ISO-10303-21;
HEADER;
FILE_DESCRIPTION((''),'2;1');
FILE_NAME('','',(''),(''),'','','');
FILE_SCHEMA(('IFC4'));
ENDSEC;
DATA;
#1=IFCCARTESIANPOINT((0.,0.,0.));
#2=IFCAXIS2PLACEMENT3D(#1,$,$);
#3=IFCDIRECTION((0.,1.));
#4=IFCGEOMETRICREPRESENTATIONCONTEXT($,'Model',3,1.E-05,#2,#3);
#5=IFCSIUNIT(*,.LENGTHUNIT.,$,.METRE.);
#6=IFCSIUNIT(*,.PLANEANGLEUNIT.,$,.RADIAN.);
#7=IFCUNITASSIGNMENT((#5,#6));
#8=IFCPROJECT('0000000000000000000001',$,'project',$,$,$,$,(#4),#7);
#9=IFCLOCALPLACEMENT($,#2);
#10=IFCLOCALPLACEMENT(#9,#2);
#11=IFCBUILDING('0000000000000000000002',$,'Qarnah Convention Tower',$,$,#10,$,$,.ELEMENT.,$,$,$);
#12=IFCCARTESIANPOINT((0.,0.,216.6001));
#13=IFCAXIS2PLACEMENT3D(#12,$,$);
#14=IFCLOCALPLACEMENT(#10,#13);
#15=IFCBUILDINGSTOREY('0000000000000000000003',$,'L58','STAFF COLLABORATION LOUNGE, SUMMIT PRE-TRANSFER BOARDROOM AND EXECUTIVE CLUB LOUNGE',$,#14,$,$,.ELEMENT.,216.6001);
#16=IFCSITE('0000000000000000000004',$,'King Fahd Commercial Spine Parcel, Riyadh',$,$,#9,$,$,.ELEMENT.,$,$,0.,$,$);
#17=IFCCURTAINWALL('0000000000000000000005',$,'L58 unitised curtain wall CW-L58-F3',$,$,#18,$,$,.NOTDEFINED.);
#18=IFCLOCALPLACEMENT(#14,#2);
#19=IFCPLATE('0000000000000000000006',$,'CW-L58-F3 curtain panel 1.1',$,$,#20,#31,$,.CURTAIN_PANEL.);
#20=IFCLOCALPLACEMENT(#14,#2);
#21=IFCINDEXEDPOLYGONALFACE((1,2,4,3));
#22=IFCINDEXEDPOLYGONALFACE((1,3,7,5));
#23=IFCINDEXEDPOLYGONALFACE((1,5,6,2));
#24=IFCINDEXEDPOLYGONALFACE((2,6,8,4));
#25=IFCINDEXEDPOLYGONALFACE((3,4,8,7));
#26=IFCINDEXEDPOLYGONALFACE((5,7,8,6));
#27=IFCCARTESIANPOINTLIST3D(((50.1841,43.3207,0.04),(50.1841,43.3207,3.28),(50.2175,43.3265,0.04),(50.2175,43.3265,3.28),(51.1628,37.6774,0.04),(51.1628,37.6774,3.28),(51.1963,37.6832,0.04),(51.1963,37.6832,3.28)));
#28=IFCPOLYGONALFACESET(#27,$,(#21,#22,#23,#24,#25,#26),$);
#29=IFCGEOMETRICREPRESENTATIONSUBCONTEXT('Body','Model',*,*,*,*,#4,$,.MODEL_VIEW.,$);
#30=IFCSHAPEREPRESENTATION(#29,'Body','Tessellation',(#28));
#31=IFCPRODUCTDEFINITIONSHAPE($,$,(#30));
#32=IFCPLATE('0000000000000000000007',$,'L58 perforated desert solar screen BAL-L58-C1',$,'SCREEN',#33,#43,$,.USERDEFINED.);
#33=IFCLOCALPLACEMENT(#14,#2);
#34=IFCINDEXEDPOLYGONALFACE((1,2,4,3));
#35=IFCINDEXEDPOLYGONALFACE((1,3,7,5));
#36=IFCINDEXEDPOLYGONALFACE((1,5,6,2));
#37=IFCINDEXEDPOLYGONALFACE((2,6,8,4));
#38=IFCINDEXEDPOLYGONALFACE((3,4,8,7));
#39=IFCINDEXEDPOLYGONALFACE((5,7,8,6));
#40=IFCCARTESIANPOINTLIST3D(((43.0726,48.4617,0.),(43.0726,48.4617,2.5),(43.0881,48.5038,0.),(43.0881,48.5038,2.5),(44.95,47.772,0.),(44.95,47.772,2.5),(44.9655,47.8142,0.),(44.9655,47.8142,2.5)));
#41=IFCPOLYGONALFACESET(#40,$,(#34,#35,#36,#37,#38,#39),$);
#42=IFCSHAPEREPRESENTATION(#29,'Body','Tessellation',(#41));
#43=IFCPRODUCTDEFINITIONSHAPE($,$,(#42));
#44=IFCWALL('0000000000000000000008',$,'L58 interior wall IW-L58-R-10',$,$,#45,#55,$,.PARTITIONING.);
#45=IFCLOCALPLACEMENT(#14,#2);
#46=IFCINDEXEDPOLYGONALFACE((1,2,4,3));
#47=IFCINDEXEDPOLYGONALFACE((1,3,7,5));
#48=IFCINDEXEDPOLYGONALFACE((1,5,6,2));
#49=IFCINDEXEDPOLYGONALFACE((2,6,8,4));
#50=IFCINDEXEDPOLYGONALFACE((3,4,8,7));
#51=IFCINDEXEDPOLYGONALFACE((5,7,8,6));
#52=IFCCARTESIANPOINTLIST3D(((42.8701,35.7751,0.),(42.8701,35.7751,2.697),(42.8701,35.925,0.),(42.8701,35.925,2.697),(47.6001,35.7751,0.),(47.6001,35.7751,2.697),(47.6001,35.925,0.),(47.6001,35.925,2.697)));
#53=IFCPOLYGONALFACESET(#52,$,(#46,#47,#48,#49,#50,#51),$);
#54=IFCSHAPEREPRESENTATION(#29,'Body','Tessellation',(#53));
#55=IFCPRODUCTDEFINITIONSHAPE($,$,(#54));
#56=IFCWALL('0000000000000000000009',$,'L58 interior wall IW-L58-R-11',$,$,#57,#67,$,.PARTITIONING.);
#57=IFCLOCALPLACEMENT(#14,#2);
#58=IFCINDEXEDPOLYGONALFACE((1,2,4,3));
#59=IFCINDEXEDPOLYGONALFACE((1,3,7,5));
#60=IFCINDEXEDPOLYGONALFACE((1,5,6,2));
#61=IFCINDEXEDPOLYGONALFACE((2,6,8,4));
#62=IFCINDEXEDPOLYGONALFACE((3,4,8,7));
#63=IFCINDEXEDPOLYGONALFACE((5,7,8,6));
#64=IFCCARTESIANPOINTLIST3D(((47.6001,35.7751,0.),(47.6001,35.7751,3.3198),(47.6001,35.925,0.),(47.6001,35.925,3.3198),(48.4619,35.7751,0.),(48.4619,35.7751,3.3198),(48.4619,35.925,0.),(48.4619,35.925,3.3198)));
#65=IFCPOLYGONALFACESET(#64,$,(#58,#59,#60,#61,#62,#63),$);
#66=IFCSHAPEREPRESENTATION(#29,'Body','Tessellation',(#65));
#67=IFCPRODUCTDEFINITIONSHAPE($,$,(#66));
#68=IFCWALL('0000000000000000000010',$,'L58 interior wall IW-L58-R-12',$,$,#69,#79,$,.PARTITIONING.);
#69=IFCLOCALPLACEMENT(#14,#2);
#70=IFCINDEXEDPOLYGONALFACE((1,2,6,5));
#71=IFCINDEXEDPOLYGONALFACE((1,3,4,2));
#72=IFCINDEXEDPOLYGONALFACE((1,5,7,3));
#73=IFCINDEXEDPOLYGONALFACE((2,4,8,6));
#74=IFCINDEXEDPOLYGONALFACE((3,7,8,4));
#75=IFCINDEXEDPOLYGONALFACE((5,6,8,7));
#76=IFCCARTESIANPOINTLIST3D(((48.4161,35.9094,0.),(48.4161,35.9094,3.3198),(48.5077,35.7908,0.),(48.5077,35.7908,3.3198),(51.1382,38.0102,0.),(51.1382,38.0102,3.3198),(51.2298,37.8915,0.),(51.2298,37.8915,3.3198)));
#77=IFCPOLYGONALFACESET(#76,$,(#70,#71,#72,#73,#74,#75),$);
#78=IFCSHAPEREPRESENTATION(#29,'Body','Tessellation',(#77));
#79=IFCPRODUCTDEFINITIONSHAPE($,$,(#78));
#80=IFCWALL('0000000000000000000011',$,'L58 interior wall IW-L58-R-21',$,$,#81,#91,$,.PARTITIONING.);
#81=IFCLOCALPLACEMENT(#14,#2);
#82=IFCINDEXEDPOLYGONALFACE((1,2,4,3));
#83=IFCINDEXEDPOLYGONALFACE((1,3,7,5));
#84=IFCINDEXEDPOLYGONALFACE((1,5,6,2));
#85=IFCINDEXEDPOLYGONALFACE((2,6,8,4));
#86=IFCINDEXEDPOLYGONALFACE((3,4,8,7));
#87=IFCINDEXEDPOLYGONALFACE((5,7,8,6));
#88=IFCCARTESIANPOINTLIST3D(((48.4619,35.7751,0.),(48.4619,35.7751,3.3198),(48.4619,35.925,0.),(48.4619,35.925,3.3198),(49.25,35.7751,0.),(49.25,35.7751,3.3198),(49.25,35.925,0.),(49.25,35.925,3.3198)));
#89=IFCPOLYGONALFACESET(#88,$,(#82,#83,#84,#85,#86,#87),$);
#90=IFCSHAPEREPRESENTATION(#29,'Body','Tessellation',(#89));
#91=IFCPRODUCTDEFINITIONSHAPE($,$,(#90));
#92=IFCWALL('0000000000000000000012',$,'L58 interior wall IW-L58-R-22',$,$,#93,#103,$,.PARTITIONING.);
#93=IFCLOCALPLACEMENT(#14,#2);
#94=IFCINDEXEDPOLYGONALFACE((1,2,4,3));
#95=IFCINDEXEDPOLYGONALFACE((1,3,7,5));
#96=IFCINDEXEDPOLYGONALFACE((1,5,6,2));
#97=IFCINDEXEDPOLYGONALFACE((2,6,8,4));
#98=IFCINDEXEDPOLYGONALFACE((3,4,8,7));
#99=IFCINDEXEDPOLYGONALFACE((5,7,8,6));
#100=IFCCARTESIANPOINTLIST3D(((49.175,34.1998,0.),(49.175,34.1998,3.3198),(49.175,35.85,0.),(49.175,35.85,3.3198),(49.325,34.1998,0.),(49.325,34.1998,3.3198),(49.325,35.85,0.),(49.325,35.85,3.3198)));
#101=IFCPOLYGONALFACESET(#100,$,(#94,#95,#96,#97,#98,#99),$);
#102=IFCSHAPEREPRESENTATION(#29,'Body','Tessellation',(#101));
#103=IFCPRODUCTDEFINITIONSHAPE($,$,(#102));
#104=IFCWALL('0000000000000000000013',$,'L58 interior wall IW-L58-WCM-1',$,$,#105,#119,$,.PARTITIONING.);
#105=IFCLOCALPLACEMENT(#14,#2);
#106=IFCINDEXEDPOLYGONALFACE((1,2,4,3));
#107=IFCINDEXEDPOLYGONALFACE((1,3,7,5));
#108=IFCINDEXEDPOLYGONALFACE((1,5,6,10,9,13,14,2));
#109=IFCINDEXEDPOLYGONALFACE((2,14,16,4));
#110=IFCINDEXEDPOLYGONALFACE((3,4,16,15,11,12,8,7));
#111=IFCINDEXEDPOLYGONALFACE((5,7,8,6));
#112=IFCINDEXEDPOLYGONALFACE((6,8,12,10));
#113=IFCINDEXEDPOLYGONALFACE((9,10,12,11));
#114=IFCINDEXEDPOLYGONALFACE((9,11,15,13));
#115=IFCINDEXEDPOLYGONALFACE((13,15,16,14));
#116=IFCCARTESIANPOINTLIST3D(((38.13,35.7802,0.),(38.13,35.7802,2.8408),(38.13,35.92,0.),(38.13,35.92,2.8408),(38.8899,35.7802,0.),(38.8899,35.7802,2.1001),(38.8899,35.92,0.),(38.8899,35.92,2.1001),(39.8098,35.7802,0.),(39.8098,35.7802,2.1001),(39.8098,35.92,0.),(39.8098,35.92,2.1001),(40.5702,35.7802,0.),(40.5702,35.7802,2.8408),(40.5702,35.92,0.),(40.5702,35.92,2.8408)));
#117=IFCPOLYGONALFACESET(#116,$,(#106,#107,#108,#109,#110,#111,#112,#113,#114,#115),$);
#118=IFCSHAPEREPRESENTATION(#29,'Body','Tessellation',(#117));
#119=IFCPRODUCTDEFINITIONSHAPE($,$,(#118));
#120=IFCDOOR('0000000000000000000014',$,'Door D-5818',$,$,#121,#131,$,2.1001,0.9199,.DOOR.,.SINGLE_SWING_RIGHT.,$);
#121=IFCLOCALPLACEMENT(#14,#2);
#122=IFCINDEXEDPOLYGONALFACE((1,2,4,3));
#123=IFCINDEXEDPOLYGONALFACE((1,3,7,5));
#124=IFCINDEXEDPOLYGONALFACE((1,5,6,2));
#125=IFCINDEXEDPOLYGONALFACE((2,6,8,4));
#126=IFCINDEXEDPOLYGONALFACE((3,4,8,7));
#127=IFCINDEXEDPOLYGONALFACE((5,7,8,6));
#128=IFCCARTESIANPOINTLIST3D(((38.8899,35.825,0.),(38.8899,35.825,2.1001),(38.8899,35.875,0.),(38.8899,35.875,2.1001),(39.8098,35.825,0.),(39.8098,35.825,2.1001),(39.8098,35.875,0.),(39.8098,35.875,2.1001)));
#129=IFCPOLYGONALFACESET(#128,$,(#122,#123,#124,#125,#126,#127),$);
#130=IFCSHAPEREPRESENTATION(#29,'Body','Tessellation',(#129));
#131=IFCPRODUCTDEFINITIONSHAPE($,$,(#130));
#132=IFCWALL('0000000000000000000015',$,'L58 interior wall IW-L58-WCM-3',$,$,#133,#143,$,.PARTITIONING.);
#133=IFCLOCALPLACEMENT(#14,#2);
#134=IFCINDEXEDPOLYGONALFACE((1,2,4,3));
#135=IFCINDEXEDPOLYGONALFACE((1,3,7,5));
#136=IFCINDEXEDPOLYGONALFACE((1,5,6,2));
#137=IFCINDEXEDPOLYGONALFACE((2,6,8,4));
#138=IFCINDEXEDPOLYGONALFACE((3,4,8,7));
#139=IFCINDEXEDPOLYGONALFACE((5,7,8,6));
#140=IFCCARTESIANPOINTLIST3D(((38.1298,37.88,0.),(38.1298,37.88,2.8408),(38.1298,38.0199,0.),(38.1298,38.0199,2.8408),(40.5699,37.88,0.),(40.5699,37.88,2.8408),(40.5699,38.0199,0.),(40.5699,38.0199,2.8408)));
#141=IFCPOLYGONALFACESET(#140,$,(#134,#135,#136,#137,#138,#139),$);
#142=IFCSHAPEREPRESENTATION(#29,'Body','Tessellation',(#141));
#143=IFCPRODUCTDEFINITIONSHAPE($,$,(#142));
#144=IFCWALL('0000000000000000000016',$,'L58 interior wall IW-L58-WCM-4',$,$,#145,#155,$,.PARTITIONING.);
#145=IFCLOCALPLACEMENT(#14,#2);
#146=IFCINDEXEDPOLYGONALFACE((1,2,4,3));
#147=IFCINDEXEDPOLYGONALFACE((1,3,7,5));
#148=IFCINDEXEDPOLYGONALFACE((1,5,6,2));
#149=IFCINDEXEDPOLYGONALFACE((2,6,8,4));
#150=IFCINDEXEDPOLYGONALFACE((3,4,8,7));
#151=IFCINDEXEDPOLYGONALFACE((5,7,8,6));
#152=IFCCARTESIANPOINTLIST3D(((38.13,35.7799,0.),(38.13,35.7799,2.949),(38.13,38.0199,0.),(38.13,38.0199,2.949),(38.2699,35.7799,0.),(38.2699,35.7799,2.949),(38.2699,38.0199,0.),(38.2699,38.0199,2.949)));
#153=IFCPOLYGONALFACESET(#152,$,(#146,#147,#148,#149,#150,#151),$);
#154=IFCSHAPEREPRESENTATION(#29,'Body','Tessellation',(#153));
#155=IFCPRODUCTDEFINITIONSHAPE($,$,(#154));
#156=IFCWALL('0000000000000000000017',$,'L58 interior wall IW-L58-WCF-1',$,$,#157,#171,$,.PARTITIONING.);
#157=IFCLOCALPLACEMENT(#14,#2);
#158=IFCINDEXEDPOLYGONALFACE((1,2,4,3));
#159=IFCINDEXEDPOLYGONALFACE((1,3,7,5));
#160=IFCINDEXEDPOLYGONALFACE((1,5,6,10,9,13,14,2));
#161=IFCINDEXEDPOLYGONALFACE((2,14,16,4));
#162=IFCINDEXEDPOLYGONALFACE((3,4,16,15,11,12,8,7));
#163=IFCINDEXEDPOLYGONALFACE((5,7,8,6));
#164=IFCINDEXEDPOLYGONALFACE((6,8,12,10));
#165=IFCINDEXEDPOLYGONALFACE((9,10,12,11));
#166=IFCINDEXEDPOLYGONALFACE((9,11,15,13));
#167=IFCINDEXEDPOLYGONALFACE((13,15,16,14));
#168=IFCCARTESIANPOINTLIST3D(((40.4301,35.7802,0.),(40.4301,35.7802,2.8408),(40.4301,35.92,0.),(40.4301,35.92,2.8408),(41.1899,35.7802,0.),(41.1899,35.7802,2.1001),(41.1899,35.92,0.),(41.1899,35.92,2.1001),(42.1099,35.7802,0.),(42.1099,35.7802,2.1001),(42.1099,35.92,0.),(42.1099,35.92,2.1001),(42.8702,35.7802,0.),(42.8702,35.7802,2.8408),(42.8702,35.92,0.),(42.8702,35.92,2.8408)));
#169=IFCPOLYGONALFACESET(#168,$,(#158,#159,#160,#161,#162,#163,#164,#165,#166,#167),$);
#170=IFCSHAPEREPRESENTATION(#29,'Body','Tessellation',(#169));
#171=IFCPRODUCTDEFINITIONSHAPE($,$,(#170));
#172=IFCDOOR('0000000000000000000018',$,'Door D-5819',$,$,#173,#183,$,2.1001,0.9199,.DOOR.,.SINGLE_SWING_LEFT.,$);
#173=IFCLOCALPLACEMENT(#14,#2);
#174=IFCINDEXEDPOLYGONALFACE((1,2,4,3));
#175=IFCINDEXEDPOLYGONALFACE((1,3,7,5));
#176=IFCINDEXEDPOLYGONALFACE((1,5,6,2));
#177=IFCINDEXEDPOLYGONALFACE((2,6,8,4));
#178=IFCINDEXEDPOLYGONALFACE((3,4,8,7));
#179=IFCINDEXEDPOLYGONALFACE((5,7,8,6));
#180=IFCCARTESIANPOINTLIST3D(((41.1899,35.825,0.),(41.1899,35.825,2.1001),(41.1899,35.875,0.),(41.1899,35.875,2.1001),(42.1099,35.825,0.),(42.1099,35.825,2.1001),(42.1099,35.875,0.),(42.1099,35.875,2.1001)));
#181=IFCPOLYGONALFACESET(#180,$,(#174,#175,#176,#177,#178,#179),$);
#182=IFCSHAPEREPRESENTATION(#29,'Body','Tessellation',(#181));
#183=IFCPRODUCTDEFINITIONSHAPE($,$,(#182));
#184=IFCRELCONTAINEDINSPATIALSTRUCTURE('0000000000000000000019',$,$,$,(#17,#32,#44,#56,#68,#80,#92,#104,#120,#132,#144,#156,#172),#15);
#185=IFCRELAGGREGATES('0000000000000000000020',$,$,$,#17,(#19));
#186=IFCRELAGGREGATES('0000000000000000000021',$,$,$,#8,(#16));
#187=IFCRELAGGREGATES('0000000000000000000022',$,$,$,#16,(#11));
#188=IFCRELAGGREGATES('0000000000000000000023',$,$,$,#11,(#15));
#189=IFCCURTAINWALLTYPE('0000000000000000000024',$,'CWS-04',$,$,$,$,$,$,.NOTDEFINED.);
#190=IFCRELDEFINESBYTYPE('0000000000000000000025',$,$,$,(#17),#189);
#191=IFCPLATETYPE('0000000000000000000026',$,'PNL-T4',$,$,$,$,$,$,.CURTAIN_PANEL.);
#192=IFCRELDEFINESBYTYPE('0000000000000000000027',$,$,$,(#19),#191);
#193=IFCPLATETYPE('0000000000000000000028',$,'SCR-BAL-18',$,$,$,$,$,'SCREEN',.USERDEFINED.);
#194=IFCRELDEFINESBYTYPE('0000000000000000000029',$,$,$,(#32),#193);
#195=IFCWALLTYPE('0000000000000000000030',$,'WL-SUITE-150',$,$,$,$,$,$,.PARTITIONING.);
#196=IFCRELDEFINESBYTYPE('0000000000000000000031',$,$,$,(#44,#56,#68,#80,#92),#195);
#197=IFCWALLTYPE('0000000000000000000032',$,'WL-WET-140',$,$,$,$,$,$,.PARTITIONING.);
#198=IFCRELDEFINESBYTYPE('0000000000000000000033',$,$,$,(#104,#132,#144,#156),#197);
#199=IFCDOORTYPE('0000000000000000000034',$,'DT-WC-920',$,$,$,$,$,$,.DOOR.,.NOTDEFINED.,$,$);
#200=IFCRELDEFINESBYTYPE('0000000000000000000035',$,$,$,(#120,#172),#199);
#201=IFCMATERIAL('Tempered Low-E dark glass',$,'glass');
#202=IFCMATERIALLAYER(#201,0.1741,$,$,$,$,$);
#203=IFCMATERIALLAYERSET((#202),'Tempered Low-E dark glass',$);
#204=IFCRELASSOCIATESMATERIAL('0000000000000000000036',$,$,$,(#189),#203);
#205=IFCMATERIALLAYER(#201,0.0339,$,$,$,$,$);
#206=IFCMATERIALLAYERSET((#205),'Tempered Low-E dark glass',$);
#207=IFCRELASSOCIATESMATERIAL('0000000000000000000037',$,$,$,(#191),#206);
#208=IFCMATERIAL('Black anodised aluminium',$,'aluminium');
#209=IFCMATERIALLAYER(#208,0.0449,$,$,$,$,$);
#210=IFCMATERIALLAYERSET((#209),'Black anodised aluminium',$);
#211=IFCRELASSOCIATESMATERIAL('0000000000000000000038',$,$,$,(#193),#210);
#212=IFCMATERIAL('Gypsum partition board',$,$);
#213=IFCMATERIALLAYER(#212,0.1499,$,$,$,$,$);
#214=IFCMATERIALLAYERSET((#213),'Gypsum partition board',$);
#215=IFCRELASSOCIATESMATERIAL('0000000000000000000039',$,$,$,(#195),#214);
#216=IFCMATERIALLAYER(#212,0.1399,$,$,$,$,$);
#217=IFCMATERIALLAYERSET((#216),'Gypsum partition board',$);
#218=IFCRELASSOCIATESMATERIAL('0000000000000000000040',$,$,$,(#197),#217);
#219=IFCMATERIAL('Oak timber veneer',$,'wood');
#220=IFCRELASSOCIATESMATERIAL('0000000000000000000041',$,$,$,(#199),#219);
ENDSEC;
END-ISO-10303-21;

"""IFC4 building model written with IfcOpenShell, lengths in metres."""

from ifc_helpers import new_model, si_unit, direction, frame, frame_2d, origin, origin_2d, place, context, subcontext, project, spatial, rectangle, extrude, material, layer, layer_set, type_object, element, fill, aggregate, save


model = new_model("IFC4")

# Units and contexts
model_context = context("Model", 3, precision=1e-05, world=origin(), true_north=direction((0.0, 1.0)))
body_context = subcontext(model_context, "Body", "Model", "MODEL_VIEW")
ifc_project = project(units=[si_unit("LENGTHUNIT", "METRE"), si_unit("PLANEANGLEUNIT", "RADIAN")], contexts=[model_context])

# Site, building, storey
site_placement = place(None, origin())
site = spatial("IfcSite", under=ifc_project, at=site_placement, Name="King Fahd Commercial Spine Parcel, Riyadh", CompositionType="ELEMENT", RefElevation=0.0)
building_placement = place(site_placement, origin())
building = spatial("IfcBuilding", under=site, at=building_placement, Name="Qarnah Convention Tower", CompositionType="ELEMENT")
storey_placement = place(building_placement, frame((0.0, 0.0, 216.6001)))
storey = spatial("IfcBuildingStorey", under=building, at=storey_placement, Name="L58", Description="STAFF COLLABORATION LOUNGE, SUMMIT PRE-TRANSFER BOARDROOM AND EXECUTIVE CLUB LOUNGE", CompositionType="ELEMENT", Elevation=216.6001)

# Shared definitions
ifc_material_1 = material(Name="Tempered Low-E dark glass", Category="glass")
ifc_layer_1 = layer(ifc_material_1, 0.1741)
ifc_layer_set_1 = layer_set([ifc_layer_1], Name="Tempered Low-E dark glass")
curtain_wall_type = type_object("IfcCurtainWallType", Name="CWS-04", PredefinedType="NOTDEFINED", material=ifc_layer_set_1)
ifc_material_2 = material(Name="Black anodised aluminium", Category="aluminium")

# Curtain wall, plate
curtain_wall_1_placement = place(storey_placement, origin())
curtain_wall_1 = element("IfcCurtainWall", 1, at=curtain_wall_1_placement, inside=storey, type_object=curtain_wall_type, Name="L58 unitised curtain wall CW-L58-F3", PredefinedType="NOTDEFINED")
ifc_layer_2 = layer(ifc_material_1, 0.0339)
ifc_layer_set_2 = layer_set([ifc_layer_2], Name="Tempered Low-E dark glass")
plate_type_1 = type_object("IfcPlateType", Name="PNL-T4", PredefinedType="CURTAIN_PANEL", material=ifc_layer_set_2)
plate_1_placement = place(storey_placement, frame((50.6902, 40.502, 0.04), z_axis=(0.0, 0.0, 1.0), x_axis=(0.170885, -0.985291, 0.0)))
plate_1 = element("IfcPlate", 2, at=plate_1_placement, type_object=plate_type_1, Name="CW-L58-F3 curtain panel 1.1", PredefinedType="CURTAIN_PANEL", context=body_context, shape_type="SweptSolid", body=[
    extrude(rectangle(XDim=5.7275, YDim=0.0339, at=origin_2d()), origin(), (0.0, 0.0, 1.0), 3.24),
])
aggregate(curtain_wall_1, [plate_1])

# Plate
ifc_layer_3 = layer(ifc_material_2, 0.0449)
ifc_layer_set_3 = layer_set([ifc_layer_3], Name="Black anodised aluminium")
plate_type_2 = type_object("IfcPlateType", Name="SCR-BAL-18", ElementType="SCREEN", PredefinedType="USERDEFINED", material=ifc_layer_set_3)
plate_2_placement = place(storey_placement, frame((44.019, 48.1379, 0.0), z_axis=(0.0, 0.0, 1.0), x_axis=(0.938671, -0.344813, 0.0)))
element("IfcPlate", 3, at=plate_2_placement, inside=storey, type_object=plate_type_2, Name="L58 perforated desert solar screen BAL-L58-C1", ObjectType="SCREEN", PredefinedType="USERDEFINED", context=body_context, shape_type="SweptSolid", body=[
    extrude(rectangle(XDim=2.0, YDim=0.0449, at=origin_2d()), origin(), (0.0, 0.0, 1.0), 2.5),
])

# Walls
ifc_material_3 = material(Name="Gypsum partition board")
ifc_layer_4 = layer(ifc_material_3, 0.1499)
ifc_layer_set_4 = layer_set([ifc_layer_4], Name="Gypsum partition board")
wall_type_1 = type_object("IfcWallType", Name="WL-SUITE-150", PredefinedType="PARTITIONING", material=ifc_layer_set_4)
wall_1_placement = place(storey_placement, frame((42.8701, 35.8501, 0.0), z_axis=(0.0, 0.0, 1.0), x_axis=(1.0, 0.0, 0.0)))
element("IfcWall", 4, at=wall_1_placement, inside=storey, type_object=wall_type_1, Name="L58 interior wall IW-L58-R-10", PredefinedType="PARTITIONING", context=body_context, shape_type="SweptSolid", body=[
    extrude(rectangle(XDim=4.73, YDim=0.1499, at=frame_2d((2.365, 0.0))), origin(), (0.0, 0.0, 1.0), 2.697),
])
wall_2_placement = place(storey_placement, frame((47.6001, 35.8501, 0.0), z_axis=(0.0, 0.0, 1.0), x_axis=(1.0, 0.0, 0.0)))
element("IfcWall", 5, at=wall_2_placement, inside=storey, type_object=wall_type_1, Name="L58 interior wall IW-L58-R-11", PredefinedType="PARTITIONING", context=body_context, shape_type="SweptSolid", body=[
    extrude(rectangle(XDim=0.8618, YDim=0.1499, at=frame_2d((0.4309, 0.0))), origin(), (0.0, 0.0, 1.0), 3.3198),
])
wall_3_placement = place(storey_placement, frame((48.4619, 35.8501, 0.0), z_axis=(0.0, 0.0, 1.0), x_axis=(0.79166, 0.610962, 0.0)))
element("IfcWall", 6, at=wall_3_placement, inside=storey, type_object=wall_type_1, Name="L58 interior wall IW-L58-R-12", PredefinedType="PARTITIONING", context=body_context, shape_type="SweptSolid", body=[
    extrude(rectangle(XDim=3.4385, YDim=0.1499, at=frame_2d((1.7192, 0.0))), origin(), (0.0, 0.0, 1.0), 3.3198),
])
wall_4_placement = place(storey_placement, frame((48.4619, 35.8501, 0.0), z_axis=(0.0, 0.0, 1.0), x_axis=(1.0, 0.0, 0.0)))
element("IfcWall", 7, at=wall_4_placement, inside=storey, type_object=wall_type_1, Name="L58 interior wall IW-L58-R-21", PredefinedType="PARTITIONING", context=body_context, shape_type="SweptSolid", body=[
    extrude(rectangle(XDim=0.7881, YDim=0.1499, at=frame_2d((0.394, 0.0))), origin(), (0.0, 0.0, 1.0), 3.3198),
])
wall_5_placement = place(storey_placement, frame((49.25, 35.8501, 0.0), z_axis=(0.0, 0.0, 1.0), x_axis=(0.0, -1.0, 0.0)))
element("IfcWall", 8, at=wall_5_placement, inside=storey, type_object=wall_type_1, Name="L58 interior wall IW-L58-R-22", PredefinedType="PARTITIONING", context=body_context, shape_type="SweptSolid", body=[
    extrude(rectangle(XDim=1.6501, YDim=0.1499, at=frame_2d((0.8252, 0.0))), origin(), (0.0, 0.0, 1.0), 3.3198),
])

# Wall, opening, door
ifc_layer_5 = layer(ifc_material_3, 0.1399)
ifc_layer_set_5 = layer_set([ifc_layer_5], Name="Gypsum partition board")
wall_type_2 = type_object("IfcWallType", Name="WL-WET-140", PredefinedType="PARTITIONING", material=ifc_layer_set_5)
wall_6_placement = place(storey_placement, frame((38.1299, 35.8501, 0.0), z_axis=(0.0, 0.0, 1.0), x_axis=(1.0, 0.0, 0.0)))
wall_6 = element("IfcWall", 9, at=wall_6_placement, inside=storey, type_object=wall_type_2, Name="L58 interior wall IW-L58-WCM-1", PredefinedType="PARTITIONING", context=body_context, shape_type="SweptSolid", body=[
    extrude(rectangle(XDim=2.4402, YDim=0.1399, at=frame_2d((1.2202, 0.0))), origin(), (0.0, 0.0, 1.0), 2.8408),
])
opening_1_placement = place(wall_6_placement, frame((0.76, 0.0, 0.0)))
opening_1 = element("IfcOpeningElement", 10, at=opening_1_placement, cuts=wall_6, PredefinedType="OPENING", context=body_context, shape_type="SweptSolid", body=[
    extrude(rectangle(XDim=0.9199, YDim=2.1001, at=frame_2d((0.46, 1.05))), frame((0.0, 0.0798, 0.0), z_axis=(0.0, -1.0, 0.0), x_axis=(1.0, 0.0, 0.0)), (0.0, 0.0, 1.0), 0.1599),
])
ifc_material_4 = material(Name="Oak timber veneer", Category="wood")
door_type_1 = type_object("IfcDoorType", Name="DT-WC-920", OperationType="NOTDEFINED", PredefinedType="DOOR", material=ifc_material_4)
door_1_placement = place(opening_1_placement, origin())
door_1 = element("IfcDoor", 11, at=door_1_placement, inside=storey, type_object=door_type_1, Name="Door D-5818", OperationType="SINGLE_SWING_RIGHT", OverallHeight=2.1001, OverallWidth=0.9199, PredefinedType="DOOR", context=body_context, shape_type="SweptSolid", body=[
    extrude(rectangle(XDim=0.9199, YDim=2.1001, at=frame_2d((0.46, 1.05))), frame((0.0, 0.0249, 0.0), z_axis=(0.0, -1.0, 0.0), x_axis=(1.0, 0.0, 0.0)), (0.0, 0.0, 1.0), 0.05),
])
fill(opening_1, door_1)

# Walls
wall_7_placement = place(storey_placement, frame((40.5701, 37.95, 0.0), z_axis=(0.0, 0.0, 1.0), x_axis=(-1.0, 0.0, 0.0)))
element("IfcWall", 12, at=wall_7_placement, inside=storey, type_object=wall_type_2, Name="L58 interior wall IW-L58-WCM-3", PredefinedType="PARTITIONING", context=body_context, shape_type="SweptSolid", body=[
    extrude(rectangle(XDim=2.4402, YDim=0.1399, at=frame_2d((1.2202, 0.0))), origin(), (0.0, 0.0, 1.0), 2.8408),
])
wall_8_placement = place(storey_placement, frame((38.2, 38.02, 0.0), z_axis=(0.0, 0.0, 1.0), x_axis=(0.0, -1.0, 0.0)))
element("IfcWall", 13, at=wall_8_placement, inside=storey, type_object=wall_type_2, Name="L58 interior wall IW-L58-WCM-4", PredefinedType="PARTITIONING", context=body_context, shape_type="SweptSolid", body=[
    extrude(rectangle(XDim=2.24, YDim=0.1399, at=frame_2d((1.1201, 0.0))), origin(), (0.0, 0.0, 1.0), 2.949),
])

# Wall, opening, door
wall_9_placement = place(storey_placement, frame((40.4299, 35.8501, 0.0), z_axis=(0.0, 0.0, 1.0), x_axis=(1.0, 0.0, 0.0)))
wall_9 = element("IfcWall", 14, at=wall_9_placement, inside=storey, type_object=wall_type_2, Name="L58 interior wall IW-L58-WCF-1", PredefinedType="PARTITIONING", context=body_context, shape_type="SweptSolid", body=[
    extrude(rectangle(XDim=2.4402, YDim=0.1399, at=frame_2d((1.2202, 0.0))), origin(), (0.0, 0.0, 1.0), 2.8408),
])
opening_2_placement = place(wall_9_placement, frame((0.76, 0.0, 0.0)))
opening_2 = element("IfcOpeningElement", 15, at=opening_2_placement, cuts=wall_9, PredefinedType="OPENING", context=body_context, shape_type="SweptSolid", body=[
    extrude(rectangle(XDim=0.9199, YDim=2.1001, at=frame_2d((0.46, 1.05))), frame((0.0, 0.0798, 0.0), z_axis=(0.0, -1.0, 0.0), x_axis=(1.0, 0.0, 0.0)), (0.0, 0.0, 1.0), 0.1599),
])
door_2_placement = place(opening_2_placement, origin())
door_2 = element("IfcDoor", 16, at=door_2_placement, inside=storey, type_object=door_type_1, Name="Door D-5819", OperationType="SINGLE_SWING_LEFT", OverallHeight=2.1001, OverallWidth=0.9199, PredefinedType="DOOR", context=body_context, shape_type="SweptSolid", body=[
    extrude(rectangle(XDim=0.9199, YDim=2.1001, at=frame_2d((0.46, 1.05))), frame((0.0, 0.0249, 0.0), z_axis=(0.0, -1.0, 0.0), x_axis=(1.0, 0.0, 0.0)), (0.0, 0.0, 1.0), 0.05),
])
fill(opening_2, door_2)

save(model, "model.ifc")
